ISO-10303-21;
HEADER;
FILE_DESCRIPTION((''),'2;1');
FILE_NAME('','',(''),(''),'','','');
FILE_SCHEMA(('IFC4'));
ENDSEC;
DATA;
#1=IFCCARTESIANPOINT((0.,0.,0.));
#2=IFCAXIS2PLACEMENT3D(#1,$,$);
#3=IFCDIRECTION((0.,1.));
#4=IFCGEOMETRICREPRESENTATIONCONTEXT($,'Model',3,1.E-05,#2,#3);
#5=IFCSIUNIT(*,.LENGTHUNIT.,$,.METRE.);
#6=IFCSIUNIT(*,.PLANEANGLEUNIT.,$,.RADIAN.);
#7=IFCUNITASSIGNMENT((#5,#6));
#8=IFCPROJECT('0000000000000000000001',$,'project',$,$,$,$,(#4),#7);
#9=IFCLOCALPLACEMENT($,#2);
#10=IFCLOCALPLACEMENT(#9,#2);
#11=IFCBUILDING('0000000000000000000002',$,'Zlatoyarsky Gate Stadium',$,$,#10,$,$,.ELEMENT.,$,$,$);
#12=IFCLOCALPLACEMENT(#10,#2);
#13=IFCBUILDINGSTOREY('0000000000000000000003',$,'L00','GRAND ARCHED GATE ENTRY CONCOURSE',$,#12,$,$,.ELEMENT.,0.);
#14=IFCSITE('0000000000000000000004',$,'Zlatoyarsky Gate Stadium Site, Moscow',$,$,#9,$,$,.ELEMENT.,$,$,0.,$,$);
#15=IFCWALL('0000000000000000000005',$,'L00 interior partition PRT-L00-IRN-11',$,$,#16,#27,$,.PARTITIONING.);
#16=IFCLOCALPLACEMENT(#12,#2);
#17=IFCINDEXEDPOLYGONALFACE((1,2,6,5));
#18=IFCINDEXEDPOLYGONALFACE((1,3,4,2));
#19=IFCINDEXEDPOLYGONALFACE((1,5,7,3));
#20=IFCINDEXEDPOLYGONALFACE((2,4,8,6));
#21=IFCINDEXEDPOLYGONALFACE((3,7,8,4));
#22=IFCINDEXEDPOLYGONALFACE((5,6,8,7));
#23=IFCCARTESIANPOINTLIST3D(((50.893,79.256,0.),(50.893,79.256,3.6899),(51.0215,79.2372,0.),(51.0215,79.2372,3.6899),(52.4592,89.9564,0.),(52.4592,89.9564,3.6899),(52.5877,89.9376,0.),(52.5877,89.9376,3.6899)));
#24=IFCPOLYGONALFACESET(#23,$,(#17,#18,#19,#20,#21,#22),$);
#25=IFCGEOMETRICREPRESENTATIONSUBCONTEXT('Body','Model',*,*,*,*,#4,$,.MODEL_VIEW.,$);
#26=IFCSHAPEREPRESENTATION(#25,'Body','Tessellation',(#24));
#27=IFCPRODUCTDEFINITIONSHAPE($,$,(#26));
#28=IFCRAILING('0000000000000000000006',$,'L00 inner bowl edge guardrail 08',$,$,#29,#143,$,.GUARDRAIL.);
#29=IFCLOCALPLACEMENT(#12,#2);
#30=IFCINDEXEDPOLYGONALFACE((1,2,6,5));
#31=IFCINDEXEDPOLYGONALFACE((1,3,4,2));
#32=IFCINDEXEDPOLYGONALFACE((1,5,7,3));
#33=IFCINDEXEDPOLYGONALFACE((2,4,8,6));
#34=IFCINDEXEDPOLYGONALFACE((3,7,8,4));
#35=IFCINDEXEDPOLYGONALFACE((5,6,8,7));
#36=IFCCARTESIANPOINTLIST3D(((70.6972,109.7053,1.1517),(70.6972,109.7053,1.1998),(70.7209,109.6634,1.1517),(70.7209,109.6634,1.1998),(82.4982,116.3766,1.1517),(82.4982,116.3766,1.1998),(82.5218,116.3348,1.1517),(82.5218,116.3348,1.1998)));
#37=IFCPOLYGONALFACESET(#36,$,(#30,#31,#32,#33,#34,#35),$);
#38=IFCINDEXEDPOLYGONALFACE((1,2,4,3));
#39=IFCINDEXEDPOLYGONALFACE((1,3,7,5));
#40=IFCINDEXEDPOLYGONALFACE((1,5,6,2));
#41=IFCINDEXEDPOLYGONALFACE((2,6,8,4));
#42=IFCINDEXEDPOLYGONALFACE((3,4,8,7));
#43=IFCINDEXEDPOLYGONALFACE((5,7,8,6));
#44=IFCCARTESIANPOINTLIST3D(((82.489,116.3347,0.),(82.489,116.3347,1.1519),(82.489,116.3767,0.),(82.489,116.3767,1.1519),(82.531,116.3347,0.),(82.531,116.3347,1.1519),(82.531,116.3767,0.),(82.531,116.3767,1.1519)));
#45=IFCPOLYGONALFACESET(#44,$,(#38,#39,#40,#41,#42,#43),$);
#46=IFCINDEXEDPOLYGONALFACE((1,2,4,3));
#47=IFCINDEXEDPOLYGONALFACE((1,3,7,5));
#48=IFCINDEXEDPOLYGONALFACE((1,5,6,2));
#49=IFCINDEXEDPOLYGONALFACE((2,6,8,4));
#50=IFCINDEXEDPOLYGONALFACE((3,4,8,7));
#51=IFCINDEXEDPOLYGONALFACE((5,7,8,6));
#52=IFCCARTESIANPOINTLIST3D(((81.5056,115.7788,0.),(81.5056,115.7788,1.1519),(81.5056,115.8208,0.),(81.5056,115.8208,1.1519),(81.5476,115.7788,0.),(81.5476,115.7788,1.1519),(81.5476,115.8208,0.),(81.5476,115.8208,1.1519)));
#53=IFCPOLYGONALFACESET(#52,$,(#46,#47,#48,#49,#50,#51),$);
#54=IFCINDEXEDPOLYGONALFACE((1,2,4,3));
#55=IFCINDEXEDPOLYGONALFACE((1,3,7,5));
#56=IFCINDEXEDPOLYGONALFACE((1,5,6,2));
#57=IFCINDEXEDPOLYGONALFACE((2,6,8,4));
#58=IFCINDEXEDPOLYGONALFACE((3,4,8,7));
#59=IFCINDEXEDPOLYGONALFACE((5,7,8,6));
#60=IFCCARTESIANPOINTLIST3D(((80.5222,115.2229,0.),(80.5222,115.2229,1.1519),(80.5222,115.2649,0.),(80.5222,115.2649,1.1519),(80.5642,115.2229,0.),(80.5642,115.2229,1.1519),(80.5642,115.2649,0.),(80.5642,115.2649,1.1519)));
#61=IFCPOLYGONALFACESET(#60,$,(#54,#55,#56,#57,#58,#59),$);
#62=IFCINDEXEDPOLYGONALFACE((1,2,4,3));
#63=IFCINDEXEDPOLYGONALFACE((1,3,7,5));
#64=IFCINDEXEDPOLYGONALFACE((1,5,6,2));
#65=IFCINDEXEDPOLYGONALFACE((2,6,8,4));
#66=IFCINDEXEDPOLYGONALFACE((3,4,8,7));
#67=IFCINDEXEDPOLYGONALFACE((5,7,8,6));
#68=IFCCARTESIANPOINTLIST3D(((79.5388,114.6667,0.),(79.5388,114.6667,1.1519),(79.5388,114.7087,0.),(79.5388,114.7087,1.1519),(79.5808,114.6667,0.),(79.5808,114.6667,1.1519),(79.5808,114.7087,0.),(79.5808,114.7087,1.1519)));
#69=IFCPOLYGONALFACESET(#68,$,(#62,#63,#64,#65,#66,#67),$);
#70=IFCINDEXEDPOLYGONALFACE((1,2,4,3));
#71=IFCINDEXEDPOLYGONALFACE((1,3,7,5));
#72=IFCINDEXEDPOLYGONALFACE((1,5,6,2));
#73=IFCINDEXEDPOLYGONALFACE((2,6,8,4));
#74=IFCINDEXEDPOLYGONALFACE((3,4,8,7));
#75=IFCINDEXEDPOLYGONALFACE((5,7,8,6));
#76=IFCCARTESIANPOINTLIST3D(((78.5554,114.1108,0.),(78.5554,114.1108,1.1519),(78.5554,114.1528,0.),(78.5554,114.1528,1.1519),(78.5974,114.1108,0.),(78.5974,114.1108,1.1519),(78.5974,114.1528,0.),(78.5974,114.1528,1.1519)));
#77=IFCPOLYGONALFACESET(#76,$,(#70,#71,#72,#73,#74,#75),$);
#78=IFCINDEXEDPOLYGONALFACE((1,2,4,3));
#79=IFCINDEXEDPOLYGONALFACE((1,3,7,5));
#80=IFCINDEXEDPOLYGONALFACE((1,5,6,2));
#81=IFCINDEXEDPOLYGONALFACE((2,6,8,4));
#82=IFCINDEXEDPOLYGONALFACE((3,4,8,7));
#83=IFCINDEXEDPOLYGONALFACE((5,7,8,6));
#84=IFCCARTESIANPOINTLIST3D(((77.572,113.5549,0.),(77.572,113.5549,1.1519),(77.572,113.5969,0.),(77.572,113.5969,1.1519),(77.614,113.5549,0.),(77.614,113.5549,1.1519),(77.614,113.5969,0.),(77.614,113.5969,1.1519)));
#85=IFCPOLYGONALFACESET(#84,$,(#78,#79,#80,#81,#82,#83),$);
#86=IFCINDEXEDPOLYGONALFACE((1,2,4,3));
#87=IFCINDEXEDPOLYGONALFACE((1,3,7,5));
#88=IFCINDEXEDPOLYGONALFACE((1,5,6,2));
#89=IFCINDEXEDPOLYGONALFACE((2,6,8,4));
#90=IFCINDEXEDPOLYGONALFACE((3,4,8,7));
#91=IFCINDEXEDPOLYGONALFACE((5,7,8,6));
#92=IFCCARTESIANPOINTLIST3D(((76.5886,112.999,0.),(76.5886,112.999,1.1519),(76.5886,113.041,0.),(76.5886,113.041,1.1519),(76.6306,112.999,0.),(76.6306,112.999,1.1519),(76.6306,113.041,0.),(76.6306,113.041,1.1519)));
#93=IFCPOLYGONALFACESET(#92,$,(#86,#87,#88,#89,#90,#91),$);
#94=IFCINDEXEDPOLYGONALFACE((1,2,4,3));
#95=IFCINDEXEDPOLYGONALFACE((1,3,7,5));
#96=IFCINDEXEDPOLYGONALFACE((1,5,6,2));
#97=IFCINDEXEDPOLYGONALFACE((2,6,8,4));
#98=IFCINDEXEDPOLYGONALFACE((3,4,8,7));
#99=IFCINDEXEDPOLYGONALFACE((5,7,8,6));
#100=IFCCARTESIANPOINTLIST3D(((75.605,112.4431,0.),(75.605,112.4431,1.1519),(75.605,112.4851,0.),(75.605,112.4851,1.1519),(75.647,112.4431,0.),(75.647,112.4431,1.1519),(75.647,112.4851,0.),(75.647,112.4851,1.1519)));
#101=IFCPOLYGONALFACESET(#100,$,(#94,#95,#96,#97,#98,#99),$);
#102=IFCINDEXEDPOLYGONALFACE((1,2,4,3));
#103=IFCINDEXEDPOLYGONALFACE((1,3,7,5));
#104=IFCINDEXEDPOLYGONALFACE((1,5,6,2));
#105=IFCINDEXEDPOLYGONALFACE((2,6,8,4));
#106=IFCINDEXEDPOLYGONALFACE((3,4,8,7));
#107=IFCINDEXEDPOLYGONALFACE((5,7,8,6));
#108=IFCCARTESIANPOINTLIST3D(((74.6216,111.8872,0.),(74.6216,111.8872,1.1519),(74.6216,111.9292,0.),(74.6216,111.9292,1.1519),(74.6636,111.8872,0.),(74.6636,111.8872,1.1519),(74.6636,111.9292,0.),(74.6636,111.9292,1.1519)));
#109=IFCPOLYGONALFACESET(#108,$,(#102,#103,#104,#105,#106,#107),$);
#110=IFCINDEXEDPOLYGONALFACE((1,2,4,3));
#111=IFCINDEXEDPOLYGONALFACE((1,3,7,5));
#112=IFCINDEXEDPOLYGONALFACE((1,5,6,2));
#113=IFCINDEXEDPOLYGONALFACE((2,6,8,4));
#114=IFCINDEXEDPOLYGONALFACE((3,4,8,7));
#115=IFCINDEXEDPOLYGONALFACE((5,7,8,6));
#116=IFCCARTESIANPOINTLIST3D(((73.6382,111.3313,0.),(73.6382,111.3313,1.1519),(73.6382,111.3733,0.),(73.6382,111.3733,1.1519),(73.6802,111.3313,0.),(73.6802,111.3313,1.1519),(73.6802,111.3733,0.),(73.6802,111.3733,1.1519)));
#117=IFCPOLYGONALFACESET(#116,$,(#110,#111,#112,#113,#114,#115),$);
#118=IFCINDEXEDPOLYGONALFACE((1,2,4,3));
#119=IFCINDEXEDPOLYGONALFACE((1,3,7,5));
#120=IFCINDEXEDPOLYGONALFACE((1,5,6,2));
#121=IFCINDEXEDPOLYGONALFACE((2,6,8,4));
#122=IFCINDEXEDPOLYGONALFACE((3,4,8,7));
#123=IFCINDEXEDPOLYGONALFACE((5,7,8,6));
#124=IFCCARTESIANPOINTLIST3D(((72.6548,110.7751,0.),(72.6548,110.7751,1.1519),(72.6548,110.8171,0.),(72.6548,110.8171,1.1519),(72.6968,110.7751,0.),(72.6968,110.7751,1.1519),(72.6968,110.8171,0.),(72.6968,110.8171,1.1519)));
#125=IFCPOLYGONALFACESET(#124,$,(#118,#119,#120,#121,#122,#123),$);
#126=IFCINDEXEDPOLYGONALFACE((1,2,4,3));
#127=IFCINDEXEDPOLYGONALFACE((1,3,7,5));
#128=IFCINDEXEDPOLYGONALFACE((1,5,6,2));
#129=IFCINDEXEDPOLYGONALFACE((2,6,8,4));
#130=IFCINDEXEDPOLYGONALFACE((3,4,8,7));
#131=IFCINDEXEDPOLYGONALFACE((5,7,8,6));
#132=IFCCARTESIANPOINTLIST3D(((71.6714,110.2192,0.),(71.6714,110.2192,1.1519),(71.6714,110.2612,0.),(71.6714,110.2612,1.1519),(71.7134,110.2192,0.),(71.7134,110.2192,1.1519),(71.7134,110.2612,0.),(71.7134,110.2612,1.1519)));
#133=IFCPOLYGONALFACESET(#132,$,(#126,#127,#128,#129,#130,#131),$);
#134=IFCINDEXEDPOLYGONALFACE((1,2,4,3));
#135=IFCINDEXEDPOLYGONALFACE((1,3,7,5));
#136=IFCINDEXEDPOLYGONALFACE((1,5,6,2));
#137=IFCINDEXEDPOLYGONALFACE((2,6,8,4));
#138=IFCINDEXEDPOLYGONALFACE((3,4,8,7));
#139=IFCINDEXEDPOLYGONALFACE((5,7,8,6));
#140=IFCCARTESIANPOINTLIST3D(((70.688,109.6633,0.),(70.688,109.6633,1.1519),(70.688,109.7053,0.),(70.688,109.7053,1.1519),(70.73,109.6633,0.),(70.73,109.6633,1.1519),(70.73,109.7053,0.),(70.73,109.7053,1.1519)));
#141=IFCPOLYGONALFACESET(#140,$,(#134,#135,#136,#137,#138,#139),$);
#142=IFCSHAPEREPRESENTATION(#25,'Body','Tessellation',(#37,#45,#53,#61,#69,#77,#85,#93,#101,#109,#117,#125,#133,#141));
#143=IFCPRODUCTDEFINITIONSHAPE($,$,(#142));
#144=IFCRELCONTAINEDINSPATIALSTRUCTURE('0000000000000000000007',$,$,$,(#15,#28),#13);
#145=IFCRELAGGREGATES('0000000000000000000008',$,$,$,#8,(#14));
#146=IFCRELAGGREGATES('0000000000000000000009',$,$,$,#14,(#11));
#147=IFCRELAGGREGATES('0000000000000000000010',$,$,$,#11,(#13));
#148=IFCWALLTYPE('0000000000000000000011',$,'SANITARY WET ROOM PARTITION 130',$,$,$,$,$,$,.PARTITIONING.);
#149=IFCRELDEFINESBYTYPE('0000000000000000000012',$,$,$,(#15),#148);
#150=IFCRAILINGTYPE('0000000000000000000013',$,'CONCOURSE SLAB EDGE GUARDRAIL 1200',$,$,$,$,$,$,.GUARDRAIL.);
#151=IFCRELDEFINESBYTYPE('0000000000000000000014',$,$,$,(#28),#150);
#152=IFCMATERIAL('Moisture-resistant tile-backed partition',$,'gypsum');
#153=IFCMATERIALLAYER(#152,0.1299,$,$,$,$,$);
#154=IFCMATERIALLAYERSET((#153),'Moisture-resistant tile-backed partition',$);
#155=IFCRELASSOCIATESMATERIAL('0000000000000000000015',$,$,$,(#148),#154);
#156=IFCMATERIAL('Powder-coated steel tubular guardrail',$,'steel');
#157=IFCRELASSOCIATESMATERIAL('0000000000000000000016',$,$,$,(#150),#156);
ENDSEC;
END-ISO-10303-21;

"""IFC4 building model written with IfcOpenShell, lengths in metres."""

from ifc_helpers import new_model, si_unit, direction, frame, frame_2d, origin, origin_2d, place, context, subcontext, project, spatial, rectangle, extrude, material, layer, layer_set, type_object, element, save


model = new_model("IFC4")

# Units and contexts
model_context = context("Model", 3, precision=1e-05, world=origin(), true_north=direction((0.0, 1.0)))
body_context = subcontext(model_context, "Body", "Model", "MODEL_VIEW")
ifc_project = project(units=[si_unit("LENGTHUNIT", "METRE"), si_unit("PLANEANGLEUNIT", "RADIAN")], contexts=[model_context])

# Site, building, storey
site_placement = place(None, origin())
site = spatial("IfcSite", under=ifc_project, at=site_placement, Name="Zlatoyarsky Gate Stadium Site, Moscow", CompositionType="ELEMENT", RefElevation=0.0)
building_placement = place(site_placement, origin())
building = spatial("IfcBuilding", under=site, at=building_placement, Name="Zlatoyarsky Gate Stadium", CompositionType="ELEMENT")
storey_placement = place(building_placement, origin())
storey = spatial("IfcBuildingStorey", under=building, at=storey_placement, Name="L00", Description="GRAND ARCHED GATE ENTRY CONCOURSE", CompositionType="ELEMENT", Elevation=0.0)

# Wall
ifc_material_1 = material(Name="Moisture-resistant tile-backed partition", Category="gypsum")
ifc_layer_1 = layer(ifc_material_1, 0.1299)
ifc_layer_set_1 = layer_set([ifc_layer_1], Name="Moisture-resistant tile-backed partition")
wall_type_1 = type_object("IfcWallType", Name="SANITARY WET ROOM PARTITION 130", PredefinedType="PARTITIONING", material=ifc_layer_set_1)
wall_1_placement = place(storey_placement, frame((52.5234, 89.947, 0.0), z_axis=(0.0, 0.0, 1.0), x_axis=(-0.144821, -0.989458, 0.0)))
element("IfcWall", 1, at=wall_1_placement, inside=storey, type_object=wall_type_1, Name="L00 interior partition PRT-L00-IRN-11", PredefinedType="PARTITIONING", context=body_context, shape_type="SweptSolid", body=[
    extrude(rectangle(XDim=10.8145, YDim=0.1299, at=frame_2d((5.4072, 0.0))), origin(), (0.0, 0.0, 1.0), 3.6899),
])

# Railing
ifc_material_2 = material(Name="Powder-coated steel tubular guardrail", Category="steel")
railing_type = type_object("IfcRailingType", Name="CONCOURSE SLAB EDGE GUARDRAIL 1200", PredefinedType="GUARDRAIL", material=ifc_material_2)
railing_1_placement = place(storey_placement, frame((82.51, 116.3557, 0.0)))
element("IfcRailing", 2, at=railing_1_placement, inside=storey, type_object=railing_type, Name="L00 inner bowl edge guardrail 08", PredefinedType="GUARDRAIL", context=body_context, shape_type="SweptSolid", body=[
    extrude(rectangle(XDim=0.0481, YDim=0.0481, at=origin_2d()), frame((0.0, 0.0, 1.1758), z_axis=(-0.870524, -0.492127, 0.0), x_axis=(0.492127, -0.870524, 0.0)), (0.0, 0.0, 1.0), 13.5562),
    extrude(rectangle(XDim=0.042, YDim=0.042, at=origin_2d()), origin(), (0.0, 0.0, 1.0), 1.1519),
    extrude(rectangle(XDim=0.042, YDim=0.042, at=origin_2d()), frame((-0.9834, -0.5559, 0.0)), (0.0, 0.0, 1.0), 1.1519),
    extrude(rectangle(XDim=0.042, YDim=0.042, at=origin_2d()), frame((-1.9668, -1.1118, 0.0)), (0.0, 0.0, 1.0), 1.1519),
    extrude(rectangle(XDim=0.042, YDim=0.042, at=origin_2d()), frame((-2.9502, -1.668, 0.0)), (0.0, 0.0, 1.0), 1.1519),
    extrude(rectangle(XDim=0.042, YDim=0.042, at=origin_2d()), frame((-3.9336, -2.2239, 0.0)), (0.0, 0.0, 1.0), 1.1519),
    extrude(rectangle(XDim=0.042, YDim=0.042, at=origin_2d()), frame((-4.917, -2.7798, 0.0)), (0.0, 0.0, 1.0), 1.1519),
    extrude(rectangle(XDim=0.042, YDim=0.042, at=origin_2d()), frame((-5.9004, -3.3357, 0.0)), (0.0, 0.0, 1.0), 1.1519),
    extrude(rectangle(XDim=0.042, YDim=0.042, at=origin_2d()), frame((-6.884, -3.8916, 0.0)), (0.0, 0.0, 1.0), 1.1519),
    extrude(rectangle(XDim=0.042, YDim=0.042, at=origin_2d()), frame((-7.8674, -4.4475, 0.0)), (0.0, 0.0, 1.0), 1.1519),
    extrude(rectangle(XDim=0.042, YDim=0.042, at=origin_2d()), frame((-8.8508, -5.0034, 0.0)), (0.0, 0.0, 1.0), 1.1519),
    extrude(rectangle(XDim=0.042, YDim=0.042, at=origin_2d()), frame((-9.8342, -5.5596, 0.0)), (0.0, 0.0, 1.0), 1.1519),
    extrude(rectangle(XDim=0.042, YDim=0.042, at=origin_2d()), frame((-10.8176, -6.1155, 0.0)), (0.0, 0.0, 1.0), 1.1519),
    extrude(rectangle(XDim=0.042, YDim=0.042, at=origin_2d()), frame((-11.801, -6.6714, 0.0)), (0.0, 0.0, 1.0), 1.1519),
])

save(model, "model.ifc")
